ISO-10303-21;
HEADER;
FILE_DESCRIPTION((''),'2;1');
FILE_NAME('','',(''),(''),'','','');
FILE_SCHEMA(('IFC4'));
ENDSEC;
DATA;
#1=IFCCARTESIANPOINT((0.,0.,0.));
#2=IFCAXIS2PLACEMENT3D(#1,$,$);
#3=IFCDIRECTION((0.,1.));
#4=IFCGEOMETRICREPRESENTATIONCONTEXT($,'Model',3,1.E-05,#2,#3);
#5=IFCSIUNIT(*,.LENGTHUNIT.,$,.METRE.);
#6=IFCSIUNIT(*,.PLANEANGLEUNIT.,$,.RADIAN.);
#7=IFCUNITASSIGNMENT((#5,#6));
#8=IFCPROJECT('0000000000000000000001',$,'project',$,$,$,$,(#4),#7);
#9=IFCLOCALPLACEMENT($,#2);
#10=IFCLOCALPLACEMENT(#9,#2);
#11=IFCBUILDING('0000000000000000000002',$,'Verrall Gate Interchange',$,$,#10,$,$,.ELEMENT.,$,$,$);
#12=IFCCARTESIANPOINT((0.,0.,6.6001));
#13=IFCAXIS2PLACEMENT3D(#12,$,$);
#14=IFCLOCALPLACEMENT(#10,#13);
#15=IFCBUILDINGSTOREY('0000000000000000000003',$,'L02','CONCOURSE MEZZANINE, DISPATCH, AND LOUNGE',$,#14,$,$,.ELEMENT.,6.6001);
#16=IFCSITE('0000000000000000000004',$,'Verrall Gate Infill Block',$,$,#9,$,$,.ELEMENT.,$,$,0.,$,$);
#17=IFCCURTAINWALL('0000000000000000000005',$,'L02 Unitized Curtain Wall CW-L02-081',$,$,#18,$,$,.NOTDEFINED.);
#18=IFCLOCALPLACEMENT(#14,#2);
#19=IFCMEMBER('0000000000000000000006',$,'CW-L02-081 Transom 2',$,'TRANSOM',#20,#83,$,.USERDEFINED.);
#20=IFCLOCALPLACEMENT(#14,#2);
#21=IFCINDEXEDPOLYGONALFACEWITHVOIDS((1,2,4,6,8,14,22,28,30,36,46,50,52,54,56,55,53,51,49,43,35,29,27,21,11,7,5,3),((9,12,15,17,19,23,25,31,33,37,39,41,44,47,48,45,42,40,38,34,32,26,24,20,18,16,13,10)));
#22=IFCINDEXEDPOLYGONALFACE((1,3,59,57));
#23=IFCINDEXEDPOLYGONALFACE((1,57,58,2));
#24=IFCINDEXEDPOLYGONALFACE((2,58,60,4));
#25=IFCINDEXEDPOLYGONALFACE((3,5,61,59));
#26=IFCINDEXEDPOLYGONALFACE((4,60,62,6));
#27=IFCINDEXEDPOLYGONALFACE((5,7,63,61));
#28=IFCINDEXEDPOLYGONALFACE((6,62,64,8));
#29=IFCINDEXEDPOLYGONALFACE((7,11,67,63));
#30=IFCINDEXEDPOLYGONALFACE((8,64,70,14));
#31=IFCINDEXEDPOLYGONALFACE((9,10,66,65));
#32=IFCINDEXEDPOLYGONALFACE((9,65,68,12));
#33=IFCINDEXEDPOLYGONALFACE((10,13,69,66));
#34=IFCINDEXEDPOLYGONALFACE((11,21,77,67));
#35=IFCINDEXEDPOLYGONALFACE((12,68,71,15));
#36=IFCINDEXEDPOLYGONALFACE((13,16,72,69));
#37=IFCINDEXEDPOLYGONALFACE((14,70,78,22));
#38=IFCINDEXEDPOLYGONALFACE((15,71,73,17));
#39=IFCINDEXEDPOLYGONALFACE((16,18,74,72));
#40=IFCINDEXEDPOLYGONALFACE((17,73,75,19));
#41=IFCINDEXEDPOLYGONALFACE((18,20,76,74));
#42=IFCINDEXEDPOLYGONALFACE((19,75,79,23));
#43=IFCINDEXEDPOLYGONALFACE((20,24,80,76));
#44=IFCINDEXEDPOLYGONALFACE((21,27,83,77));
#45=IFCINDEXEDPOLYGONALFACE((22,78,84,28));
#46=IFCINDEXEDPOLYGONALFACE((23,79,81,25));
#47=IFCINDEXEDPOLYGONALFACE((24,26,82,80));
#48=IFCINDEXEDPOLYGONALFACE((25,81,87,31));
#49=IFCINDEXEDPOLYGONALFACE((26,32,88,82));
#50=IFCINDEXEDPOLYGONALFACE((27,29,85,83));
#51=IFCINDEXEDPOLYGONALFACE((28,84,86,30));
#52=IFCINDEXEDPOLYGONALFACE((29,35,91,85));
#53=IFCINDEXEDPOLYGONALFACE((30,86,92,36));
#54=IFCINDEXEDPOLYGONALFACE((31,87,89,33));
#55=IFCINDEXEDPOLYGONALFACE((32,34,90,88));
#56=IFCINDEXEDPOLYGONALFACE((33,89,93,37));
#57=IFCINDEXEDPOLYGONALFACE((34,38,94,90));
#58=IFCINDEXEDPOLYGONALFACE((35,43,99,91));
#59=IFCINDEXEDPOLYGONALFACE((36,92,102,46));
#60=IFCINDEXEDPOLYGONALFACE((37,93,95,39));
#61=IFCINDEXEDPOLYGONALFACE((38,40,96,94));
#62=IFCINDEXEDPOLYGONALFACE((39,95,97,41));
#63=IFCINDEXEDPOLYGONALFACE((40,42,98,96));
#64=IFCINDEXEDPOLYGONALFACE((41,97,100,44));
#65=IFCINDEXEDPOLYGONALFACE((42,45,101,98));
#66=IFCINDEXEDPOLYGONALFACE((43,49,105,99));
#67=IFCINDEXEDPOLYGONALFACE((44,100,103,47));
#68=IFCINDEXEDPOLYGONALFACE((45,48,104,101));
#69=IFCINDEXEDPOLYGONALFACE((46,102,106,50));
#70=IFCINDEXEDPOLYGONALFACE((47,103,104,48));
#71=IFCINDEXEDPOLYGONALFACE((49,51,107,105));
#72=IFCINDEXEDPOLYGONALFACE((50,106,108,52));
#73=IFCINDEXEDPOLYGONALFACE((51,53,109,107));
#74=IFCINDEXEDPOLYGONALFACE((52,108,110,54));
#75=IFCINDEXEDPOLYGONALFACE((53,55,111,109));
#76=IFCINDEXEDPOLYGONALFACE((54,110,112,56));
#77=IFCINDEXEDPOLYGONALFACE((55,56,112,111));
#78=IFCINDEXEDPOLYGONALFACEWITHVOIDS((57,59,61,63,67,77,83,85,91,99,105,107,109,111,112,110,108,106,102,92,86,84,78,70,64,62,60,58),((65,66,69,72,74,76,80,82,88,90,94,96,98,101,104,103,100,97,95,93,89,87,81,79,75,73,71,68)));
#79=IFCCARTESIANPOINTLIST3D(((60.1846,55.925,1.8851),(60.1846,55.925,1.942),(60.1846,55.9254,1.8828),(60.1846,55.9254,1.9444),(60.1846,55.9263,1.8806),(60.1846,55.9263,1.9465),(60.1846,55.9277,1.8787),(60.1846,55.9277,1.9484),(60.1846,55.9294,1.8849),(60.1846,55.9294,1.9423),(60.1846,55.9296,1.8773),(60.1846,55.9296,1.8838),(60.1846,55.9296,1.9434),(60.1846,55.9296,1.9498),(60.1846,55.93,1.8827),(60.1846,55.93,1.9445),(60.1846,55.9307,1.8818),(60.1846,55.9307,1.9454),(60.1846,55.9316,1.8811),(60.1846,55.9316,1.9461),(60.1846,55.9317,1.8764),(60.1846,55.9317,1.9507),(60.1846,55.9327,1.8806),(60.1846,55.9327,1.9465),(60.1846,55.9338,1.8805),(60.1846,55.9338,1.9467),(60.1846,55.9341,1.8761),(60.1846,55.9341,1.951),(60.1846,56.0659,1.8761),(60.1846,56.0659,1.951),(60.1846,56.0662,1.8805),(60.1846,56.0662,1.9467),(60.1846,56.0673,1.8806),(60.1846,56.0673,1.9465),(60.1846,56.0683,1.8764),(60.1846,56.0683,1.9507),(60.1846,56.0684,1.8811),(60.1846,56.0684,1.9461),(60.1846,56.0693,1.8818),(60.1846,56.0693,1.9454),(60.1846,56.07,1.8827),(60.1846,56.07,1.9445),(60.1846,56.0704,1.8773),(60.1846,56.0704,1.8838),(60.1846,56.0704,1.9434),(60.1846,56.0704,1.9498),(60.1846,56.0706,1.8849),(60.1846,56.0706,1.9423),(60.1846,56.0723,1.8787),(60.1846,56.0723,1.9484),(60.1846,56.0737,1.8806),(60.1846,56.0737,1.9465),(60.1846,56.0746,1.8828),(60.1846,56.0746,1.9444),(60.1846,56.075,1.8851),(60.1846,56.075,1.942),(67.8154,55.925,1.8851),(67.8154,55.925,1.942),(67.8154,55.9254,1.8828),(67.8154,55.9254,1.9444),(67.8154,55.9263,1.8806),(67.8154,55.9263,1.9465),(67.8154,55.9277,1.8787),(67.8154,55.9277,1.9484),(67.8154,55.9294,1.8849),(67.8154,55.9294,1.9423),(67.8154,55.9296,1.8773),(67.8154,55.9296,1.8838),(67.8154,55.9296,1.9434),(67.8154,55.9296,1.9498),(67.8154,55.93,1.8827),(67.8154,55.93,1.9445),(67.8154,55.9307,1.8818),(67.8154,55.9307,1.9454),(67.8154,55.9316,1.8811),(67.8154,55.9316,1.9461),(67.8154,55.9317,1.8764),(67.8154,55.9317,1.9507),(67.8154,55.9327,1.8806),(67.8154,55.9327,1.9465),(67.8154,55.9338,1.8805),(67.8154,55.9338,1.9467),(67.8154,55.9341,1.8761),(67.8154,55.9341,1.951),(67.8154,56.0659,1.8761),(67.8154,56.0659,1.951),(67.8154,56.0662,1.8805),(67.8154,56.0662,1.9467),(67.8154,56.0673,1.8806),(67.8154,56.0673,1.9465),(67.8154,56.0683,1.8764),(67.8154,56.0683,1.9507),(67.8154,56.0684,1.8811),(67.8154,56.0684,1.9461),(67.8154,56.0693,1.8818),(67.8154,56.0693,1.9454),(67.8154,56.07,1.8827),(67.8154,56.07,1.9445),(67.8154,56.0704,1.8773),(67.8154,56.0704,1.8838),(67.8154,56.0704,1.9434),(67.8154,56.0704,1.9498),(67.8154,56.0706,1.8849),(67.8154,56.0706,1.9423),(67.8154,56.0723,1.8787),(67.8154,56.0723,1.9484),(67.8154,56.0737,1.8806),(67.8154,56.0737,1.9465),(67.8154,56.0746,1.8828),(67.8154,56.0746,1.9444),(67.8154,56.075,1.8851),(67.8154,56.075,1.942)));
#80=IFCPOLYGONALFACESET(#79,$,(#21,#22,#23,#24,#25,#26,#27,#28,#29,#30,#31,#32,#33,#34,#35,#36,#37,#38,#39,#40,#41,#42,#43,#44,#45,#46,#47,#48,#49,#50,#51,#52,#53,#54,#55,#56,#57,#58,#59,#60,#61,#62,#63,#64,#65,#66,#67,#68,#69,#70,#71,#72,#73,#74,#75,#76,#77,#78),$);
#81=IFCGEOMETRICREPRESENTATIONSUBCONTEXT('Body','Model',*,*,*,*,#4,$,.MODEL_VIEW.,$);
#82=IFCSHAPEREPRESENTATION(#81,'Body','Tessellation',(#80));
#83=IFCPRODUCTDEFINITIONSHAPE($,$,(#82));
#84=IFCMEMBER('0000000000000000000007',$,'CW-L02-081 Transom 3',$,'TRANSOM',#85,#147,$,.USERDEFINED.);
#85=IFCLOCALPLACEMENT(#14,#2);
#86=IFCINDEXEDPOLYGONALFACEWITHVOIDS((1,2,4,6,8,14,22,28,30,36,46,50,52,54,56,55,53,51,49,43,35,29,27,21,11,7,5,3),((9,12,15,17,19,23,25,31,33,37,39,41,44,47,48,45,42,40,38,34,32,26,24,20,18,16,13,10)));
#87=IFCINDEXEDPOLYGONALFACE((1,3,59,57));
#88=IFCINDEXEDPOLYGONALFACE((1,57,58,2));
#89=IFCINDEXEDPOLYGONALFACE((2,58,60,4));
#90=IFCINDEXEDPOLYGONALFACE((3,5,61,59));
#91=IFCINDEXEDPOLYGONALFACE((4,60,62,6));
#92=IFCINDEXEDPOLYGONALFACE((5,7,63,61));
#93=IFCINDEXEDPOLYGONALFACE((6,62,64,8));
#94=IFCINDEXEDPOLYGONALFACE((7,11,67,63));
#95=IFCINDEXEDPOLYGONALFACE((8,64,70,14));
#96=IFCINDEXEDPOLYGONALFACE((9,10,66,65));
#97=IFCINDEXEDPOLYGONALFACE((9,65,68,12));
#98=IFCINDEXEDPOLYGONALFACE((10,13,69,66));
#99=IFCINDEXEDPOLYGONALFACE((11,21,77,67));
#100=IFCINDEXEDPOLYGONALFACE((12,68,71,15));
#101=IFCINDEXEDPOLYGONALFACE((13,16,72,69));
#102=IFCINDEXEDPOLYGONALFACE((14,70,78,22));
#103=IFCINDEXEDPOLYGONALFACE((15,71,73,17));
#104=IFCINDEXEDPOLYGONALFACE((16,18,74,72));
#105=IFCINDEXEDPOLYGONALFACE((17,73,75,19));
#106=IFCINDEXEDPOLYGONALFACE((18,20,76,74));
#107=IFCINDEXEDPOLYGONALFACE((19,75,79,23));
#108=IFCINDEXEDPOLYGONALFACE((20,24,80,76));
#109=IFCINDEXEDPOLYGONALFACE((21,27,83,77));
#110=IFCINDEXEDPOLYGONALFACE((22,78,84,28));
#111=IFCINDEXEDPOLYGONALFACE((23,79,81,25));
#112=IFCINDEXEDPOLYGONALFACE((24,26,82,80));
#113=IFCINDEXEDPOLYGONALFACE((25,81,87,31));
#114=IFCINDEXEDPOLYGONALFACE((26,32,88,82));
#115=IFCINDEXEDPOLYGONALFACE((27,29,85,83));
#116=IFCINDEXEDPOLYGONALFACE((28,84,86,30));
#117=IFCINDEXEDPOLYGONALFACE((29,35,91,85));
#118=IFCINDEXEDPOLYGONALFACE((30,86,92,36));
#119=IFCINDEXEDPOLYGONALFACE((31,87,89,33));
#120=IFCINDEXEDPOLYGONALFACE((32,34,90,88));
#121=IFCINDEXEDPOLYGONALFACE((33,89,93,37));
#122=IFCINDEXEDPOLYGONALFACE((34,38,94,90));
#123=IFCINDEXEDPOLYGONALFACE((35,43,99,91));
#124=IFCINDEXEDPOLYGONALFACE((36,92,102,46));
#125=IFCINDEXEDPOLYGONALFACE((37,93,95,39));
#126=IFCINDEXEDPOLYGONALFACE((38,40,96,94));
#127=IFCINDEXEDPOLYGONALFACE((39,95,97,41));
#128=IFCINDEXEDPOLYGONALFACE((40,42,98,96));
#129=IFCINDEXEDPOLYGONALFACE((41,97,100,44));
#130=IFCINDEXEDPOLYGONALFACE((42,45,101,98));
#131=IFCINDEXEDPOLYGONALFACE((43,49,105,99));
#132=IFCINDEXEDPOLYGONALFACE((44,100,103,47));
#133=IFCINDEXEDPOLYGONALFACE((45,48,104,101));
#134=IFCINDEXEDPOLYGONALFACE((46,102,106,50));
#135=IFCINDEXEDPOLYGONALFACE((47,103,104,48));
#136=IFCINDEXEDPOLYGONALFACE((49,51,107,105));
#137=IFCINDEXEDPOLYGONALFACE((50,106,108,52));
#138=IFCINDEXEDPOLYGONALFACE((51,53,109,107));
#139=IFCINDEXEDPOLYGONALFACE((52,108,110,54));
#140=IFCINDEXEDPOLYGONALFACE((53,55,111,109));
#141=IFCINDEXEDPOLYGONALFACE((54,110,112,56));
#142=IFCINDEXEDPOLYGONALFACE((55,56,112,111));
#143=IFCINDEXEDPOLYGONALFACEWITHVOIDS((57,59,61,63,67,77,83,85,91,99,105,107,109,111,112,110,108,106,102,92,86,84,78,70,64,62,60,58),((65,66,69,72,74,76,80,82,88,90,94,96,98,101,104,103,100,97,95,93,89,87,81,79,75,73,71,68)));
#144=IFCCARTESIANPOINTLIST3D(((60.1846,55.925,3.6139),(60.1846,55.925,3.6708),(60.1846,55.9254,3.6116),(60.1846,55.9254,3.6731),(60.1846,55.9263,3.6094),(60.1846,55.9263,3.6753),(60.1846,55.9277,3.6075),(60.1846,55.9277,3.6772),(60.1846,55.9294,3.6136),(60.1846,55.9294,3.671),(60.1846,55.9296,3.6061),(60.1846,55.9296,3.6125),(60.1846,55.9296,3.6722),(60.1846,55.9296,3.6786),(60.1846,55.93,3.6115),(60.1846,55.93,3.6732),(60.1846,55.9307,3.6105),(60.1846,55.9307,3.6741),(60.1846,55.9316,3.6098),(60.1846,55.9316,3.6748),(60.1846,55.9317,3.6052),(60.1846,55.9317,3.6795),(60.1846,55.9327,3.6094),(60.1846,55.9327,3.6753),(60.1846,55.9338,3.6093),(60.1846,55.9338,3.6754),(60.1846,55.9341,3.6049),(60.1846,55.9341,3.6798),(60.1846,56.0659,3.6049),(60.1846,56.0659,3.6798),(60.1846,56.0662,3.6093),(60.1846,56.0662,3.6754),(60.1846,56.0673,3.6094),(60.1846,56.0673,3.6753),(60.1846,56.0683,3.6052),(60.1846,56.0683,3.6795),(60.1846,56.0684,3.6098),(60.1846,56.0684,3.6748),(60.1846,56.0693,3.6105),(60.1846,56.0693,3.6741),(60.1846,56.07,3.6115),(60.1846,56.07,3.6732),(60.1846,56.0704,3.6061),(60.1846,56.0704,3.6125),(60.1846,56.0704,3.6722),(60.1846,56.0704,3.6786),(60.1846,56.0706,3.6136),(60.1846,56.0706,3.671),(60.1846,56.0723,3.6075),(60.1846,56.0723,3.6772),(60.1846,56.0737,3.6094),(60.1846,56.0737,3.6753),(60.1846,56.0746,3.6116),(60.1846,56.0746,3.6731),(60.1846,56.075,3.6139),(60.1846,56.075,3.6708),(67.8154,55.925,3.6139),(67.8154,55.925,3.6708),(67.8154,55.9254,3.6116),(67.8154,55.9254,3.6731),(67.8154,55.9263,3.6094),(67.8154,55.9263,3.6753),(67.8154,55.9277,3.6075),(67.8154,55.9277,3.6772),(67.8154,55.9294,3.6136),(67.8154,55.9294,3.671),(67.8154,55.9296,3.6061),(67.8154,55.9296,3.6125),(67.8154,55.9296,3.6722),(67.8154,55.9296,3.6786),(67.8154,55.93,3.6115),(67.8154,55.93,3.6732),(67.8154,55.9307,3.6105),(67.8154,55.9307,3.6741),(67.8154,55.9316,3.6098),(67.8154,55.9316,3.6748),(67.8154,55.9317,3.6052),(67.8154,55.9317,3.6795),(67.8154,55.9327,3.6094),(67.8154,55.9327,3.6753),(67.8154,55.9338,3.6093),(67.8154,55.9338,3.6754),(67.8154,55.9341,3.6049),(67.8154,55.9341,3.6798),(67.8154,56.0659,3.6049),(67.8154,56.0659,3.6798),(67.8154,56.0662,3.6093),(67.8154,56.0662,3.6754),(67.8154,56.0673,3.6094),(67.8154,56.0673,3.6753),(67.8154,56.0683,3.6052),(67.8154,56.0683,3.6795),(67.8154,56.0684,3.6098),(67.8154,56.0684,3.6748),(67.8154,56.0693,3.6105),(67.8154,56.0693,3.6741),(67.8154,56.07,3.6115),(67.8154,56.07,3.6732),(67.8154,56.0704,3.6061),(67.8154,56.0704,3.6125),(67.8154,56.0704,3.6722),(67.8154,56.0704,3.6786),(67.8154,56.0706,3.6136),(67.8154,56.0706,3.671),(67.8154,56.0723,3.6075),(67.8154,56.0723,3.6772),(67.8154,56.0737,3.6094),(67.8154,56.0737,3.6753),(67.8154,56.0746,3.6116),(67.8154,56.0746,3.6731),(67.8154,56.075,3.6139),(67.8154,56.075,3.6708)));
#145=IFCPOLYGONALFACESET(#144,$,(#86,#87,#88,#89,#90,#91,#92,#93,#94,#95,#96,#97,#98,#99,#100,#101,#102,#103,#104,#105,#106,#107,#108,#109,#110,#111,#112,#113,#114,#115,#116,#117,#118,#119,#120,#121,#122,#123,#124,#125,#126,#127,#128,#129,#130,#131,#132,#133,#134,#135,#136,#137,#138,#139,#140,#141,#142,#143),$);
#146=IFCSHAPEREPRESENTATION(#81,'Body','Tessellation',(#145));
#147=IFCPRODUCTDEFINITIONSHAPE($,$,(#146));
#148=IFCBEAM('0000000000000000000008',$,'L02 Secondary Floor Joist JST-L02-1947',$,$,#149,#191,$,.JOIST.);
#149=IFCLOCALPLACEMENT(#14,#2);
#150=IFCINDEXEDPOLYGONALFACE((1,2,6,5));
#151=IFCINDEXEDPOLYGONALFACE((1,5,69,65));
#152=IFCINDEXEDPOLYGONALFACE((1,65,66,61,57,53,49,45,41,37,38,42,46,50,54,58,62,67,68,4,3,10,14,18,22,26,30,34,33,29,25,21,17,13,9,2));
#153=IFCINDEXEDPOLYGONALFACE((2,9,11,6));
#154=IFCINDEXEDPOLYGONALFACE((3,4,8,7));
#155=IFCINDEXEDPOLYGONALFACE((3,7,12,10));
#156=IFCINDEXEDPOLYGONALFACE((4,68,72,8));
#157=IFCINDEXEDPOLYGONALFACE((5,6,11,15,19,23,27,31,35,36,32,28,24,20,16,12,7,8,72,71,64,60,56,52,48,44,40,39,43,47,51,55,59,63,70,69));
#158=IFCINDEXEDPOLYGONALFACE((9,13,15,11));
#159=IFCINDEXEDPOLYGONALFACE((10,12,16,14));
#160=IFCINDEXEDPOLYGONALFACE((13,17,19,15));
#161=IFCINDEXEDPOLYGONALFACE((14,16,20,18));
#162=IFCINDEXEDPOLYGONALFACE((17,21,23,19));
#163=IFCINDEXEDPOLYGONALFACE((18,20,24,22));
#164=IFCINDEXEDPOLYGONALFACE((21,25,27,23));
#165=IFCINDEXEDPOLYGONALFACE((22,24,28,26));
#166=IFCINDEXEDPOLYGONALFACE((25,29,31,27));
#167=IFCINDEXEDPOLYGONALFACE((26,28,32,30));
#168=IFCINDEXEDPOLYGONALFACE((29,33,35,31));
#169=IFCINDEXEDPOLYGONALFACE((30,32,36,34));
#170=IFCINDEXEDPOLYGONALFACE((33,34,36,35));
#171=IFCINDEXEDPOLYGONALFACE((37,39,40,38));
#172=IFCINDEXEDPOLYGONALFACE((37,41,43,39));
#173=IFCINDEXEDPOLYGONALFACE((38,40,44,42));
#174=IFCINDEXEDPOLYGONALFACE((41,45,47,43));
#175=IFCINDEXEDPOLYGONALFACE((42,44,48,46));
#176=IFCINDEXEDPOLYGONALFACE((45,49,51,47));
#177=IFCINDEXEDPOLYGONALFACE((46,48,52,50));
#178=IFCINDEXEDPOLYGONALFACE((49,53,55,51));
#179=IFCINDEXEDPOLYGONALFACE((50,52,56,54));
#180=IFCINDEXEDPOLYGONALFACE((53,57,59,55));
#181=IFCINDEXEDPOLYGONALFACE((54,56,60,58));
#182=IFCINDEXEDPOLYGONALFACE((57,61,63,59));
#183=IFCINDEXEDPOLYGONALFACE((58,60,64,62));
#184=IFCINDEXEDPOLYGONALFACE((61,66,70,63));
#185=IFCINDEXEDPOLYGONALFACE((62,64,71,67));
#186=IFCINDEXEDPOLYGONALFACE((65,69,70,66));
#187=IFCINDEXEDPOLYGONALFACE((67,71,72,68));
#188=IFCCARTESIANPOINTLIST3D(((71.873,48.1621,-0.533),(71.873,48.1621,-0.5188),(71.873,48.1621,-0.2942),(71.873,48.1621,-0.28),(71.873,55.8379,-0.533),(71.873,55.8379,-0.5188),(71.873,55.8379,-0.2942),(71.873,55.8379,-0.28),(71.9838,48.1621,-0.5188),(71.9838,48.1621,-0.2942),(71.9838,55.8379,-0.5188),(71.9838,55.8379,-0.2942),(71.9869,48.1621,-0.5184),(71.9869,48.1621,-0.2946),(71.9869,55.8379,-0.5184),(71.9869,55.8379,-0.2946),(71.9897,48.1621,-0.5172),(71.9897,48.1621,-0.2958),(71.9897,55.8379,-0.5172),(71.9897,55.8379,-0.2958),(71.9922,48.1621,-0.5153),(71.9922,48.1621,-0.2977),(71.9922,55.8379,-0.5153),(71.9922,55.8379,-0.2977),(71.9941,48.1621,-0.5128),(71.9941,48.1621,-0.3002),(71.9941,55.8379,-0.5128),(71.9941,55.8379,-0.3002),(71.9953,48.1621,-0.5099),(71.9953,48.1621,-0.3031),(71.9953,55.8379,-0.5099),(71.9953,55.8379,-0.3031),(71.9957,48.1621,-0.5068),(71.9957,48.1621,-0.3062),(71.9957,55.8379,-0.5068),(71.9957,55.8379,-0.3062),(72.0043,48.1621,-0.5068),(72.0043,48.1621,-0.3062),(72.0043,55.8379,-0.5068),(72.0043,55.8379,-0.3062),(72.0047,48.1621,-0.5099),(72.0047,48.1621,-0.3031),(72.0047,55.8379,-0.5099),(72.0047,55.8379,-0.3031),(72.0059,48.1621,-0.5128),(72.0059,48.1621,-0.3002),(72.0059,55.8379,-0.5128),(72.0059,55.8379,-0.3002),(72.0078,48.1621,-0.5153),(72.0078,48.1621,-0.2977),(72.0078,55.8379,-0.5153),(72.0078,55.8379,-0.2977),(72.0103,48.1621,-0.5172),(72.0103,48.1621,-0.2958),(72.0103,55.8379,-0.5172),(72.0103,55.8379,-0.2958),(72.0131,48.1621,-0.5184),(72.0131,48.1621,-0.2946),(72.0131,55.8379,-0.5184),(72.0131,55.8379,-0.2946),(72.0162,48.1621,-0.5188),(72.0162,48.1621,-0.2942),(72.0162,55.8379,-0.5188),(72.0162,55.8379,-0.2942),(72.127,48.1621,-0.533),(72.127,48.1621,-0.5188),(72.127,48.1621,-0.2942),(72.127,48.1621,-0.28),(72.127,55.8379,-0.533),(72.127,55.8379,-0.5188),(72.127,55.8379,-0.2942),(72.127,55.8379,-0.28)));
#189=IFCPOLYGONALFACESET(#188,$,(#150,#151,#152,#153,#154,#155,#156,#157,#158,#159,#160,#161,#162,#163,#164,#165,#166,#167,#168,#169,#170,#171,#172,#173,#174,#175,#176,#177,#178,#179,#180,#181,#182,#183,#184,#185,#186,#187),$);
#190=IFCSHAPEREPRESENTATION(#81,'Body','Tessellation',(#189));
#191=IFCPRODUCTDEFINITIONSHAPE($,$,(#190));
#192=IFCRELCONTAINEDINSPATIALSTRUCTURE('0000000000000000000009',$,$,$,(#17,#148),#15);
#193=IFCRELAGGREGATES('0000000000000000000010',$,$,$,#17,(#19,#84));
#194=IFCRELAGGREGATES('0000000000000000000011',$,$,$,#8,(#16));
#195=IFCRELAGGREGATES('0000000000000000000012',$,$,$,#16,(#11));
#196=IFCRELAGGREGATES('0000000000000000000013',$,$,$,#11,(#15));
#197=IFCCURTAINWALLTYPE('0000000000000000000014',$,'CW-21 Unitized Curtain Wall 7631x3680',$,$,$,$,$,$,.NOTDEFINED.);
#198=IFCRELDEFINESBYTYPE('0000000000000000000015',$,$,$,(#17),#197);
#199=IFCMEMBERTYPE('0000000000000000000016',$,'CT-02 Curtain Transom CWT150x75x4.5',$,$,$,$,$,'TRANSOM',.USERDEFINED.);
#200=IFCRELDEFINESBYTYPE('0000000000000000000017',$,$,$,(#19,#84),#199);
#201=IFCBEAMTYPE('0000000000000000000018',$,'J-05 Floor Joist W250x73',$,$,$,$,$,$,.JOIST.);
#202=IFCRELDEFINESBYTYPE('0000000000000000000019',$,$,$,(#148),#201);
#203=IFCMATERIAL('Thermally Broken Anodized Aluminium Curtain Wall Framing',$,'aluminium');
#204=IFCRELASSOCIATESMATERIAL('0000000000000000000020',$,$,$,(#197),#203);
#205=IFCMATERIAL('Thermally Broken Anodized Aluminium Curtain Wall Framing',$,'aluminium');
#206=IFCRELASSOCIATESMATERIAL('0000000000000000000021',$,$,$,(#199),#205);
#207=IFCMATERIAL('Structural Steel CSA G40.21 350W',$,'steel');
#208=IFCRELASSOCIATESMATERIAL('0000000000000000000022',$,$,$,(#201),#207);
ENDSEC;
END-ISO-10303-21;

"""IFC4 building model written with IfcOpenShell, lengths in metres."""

from ifc_helpers import new_model, si_unit, direction, frame, origin, origin_2d, place, context, subcontext, project, spatial, hollow_rectangle, i_section, extrude, material, material_profile, profile_set, type_object, element, aggregate, save


model = new_model("IFC4")

# Units and contexts
model_context = context("Model", 3, precision=1e-05, world=origin(), true_north=direction((0.0, 1.0)))
body_context = subcontext(model_context, "Body", "Model", "MODEL_VIEW")
ifc_project = project(units=[si_unit("LENGTHUNIT", "METRE"), si_unit("PLANEANGLEUNIT", "RADIAN")], contexts=[model_context])

# Site, building, storey
site_placement = place(None, origin())
site = spatial("IfcSite", under=ifc_project, at=site_placement, Name="Verrall Gate Infill Block", CompositionType="ELEMENT", RefElevation=0.0)
building_placement = place(site_placement, origin())
building = spatial("IfcBuilding", under=site, at=building_placement, Name="Verrall Gate Interchange", CompositionType="ELEMENT")
storey_placement = place(building_placement, frame((0.0, 0.0, 6.6001)))
storey = spatial("IfcBuildingStorey", under=building, at=storey_placement, Name="L02", Description="CONCOURSE MEZZANINE, DISPATCH, AND LOUNGE", CompositionType="ELEMENT", Elevation=6.6001)

# Curtain wall
ifc_material_1 = material(Name="Thermally Broken Anodized Aluminium Curtain Wall Framing", Category="aluminium")
curtain_wall_type = type_object("IfcCurtainWallType", Name="CW-21 Unitized Curtain Wall 7631x3680", PredefinedType="NOTDEFINED", material=ifc_material_1)
curtain_wall_1_placement = place(storey_placement, origin())
curtain_wall_1 = element("IfcCurtainWall", 1, at=curtain_wall_1_placement, inside=storey, type_object=curtain_wall_type, Name="L02 Unitized Curtain Wall CW-L02-081", PredefinedType="NOTDEFINED")

# Members
ifc_material_2 = material(Name="Thermally Broken Anodized Aluminium Curtain Wall Framing", Category="aluminium")
ifc_material_profile_1 = material_profile(ifc_material_2, hollow_rectangle(XDim=0.1499, YDim=0.075, WallThickness=0.0044, InnerFilletRadius=0.0044, OuterFilletRadius=0.009, at=origin_2d()), Name="CWT150x75x4.5")
ifc_profile_set_1 = profile_set([ifc_material_profile_1], Name="Thermally Broken Anodized Aluminium Curtain Wall Framing")
member_type_1 = type_object("IfcMemberType", Name="CT-02 Curtain Transom CWT150x75x4.5", ElementType="TRANSOM", PredefinedType="USERDEFINED", material=ifc_profile_set_1)
member_1_placement = place(storey_placement, frame((67.8154, 56.0, 1.9136), z_axis=(-1.0, 0.0, 0.0), x_axis=(0.0, -1.0, 0.0)))
member_1 = element("IfcMember", 2, at=member_1_placement, type_object=member_type_1, Name="CW-L02-081 Transom 2", ObjectType="TRANSOM", PredefinedType="USERDEFINED", context=body_context, shape_type="SweptSolid", body=[
    extrude(hollow_rectangle(XDim=0.1499, YDim=0.075, WallThickness=0.0044, InnerFilletRadius=0.0044, OuterFilletRadius=0.009, at=origin_2d()), origin(), (0.0, 0.0, 1.0), 7.6309),
])
member_2_placement = place(storey_placement, frame((67.8154, 56.0, 3.6423), z_axis=(-1.0, 0.0, 0.0), x_axis=(0.0, -1.0, 0.0)))
member_2 = element("IfcMember", 3, at=member_2_placement, type_object=member_type_1, Name="CW-L02-081 Transom 3", ObjectType="TRANSOM", PredefinedType="USERDEFINED", context=body_context, shape_type="SweptSolid", body=[
    extrude(hollow_rectangle(XDim=0.1499, YDim=0.075, WallThickness=0.0044, InnerFilletRadius=0.0044, OuterFilletRadius=0.009, at=origin_2d()), origin(), (0.0, 0.0, 1.0), 7.6309),
])

# Beam
ifc_material_3 = material(Name="Structural Steel CSA G40.21 350W", Category="steel")
ifc_material_profile_2 = material_profile(ifc_material_3, i_section(OverallWidth=0.2539, OverallDepth=0.2529, WebThickness=0.0085, FlangeThickness=0.0142, FilletRadius=0.012, at=origin_2d()), Name="W250x73")
ifc_profile_set_2 = profile_set([ifc_material_profile_2], Name="Structural Steel CSA G40.21 350W")
beam_type_1 = type_object("IfcBeamType", Name="J-05 Floor Joist W250x73", PredefinedType="JOIST", material=ifc_profile_set_2)
beam_1_placement = place(storey_placement, frame((72.0, 48.1621, -0.4065), z_axis=(0.0, 1.0, 0.0), x_axis=(-1.0, 0.0, 0.0)))
element("IfcBeam", 4, at=beam_1_placement, inside=storey, type_object=beam_type_1, Name="L02 Secondary Floor Joist JST-L02-1947", PredefinedType="JOIST", context=body_context, shape_type="SweptSolid", body=[
    extrude(i_section(OverallWidth=0.2539, OverallDepth=0.2529, WebThickness=0.0085, FlangeThickness=0.0142, FilletRadius=0.012, at=origin_2d()), origin(), (0.0, 0.0, 1.0), 7.6758),
])

aggregate(curtain_wall_1, [member_1, member_2])

save(model, "model.ifc")
